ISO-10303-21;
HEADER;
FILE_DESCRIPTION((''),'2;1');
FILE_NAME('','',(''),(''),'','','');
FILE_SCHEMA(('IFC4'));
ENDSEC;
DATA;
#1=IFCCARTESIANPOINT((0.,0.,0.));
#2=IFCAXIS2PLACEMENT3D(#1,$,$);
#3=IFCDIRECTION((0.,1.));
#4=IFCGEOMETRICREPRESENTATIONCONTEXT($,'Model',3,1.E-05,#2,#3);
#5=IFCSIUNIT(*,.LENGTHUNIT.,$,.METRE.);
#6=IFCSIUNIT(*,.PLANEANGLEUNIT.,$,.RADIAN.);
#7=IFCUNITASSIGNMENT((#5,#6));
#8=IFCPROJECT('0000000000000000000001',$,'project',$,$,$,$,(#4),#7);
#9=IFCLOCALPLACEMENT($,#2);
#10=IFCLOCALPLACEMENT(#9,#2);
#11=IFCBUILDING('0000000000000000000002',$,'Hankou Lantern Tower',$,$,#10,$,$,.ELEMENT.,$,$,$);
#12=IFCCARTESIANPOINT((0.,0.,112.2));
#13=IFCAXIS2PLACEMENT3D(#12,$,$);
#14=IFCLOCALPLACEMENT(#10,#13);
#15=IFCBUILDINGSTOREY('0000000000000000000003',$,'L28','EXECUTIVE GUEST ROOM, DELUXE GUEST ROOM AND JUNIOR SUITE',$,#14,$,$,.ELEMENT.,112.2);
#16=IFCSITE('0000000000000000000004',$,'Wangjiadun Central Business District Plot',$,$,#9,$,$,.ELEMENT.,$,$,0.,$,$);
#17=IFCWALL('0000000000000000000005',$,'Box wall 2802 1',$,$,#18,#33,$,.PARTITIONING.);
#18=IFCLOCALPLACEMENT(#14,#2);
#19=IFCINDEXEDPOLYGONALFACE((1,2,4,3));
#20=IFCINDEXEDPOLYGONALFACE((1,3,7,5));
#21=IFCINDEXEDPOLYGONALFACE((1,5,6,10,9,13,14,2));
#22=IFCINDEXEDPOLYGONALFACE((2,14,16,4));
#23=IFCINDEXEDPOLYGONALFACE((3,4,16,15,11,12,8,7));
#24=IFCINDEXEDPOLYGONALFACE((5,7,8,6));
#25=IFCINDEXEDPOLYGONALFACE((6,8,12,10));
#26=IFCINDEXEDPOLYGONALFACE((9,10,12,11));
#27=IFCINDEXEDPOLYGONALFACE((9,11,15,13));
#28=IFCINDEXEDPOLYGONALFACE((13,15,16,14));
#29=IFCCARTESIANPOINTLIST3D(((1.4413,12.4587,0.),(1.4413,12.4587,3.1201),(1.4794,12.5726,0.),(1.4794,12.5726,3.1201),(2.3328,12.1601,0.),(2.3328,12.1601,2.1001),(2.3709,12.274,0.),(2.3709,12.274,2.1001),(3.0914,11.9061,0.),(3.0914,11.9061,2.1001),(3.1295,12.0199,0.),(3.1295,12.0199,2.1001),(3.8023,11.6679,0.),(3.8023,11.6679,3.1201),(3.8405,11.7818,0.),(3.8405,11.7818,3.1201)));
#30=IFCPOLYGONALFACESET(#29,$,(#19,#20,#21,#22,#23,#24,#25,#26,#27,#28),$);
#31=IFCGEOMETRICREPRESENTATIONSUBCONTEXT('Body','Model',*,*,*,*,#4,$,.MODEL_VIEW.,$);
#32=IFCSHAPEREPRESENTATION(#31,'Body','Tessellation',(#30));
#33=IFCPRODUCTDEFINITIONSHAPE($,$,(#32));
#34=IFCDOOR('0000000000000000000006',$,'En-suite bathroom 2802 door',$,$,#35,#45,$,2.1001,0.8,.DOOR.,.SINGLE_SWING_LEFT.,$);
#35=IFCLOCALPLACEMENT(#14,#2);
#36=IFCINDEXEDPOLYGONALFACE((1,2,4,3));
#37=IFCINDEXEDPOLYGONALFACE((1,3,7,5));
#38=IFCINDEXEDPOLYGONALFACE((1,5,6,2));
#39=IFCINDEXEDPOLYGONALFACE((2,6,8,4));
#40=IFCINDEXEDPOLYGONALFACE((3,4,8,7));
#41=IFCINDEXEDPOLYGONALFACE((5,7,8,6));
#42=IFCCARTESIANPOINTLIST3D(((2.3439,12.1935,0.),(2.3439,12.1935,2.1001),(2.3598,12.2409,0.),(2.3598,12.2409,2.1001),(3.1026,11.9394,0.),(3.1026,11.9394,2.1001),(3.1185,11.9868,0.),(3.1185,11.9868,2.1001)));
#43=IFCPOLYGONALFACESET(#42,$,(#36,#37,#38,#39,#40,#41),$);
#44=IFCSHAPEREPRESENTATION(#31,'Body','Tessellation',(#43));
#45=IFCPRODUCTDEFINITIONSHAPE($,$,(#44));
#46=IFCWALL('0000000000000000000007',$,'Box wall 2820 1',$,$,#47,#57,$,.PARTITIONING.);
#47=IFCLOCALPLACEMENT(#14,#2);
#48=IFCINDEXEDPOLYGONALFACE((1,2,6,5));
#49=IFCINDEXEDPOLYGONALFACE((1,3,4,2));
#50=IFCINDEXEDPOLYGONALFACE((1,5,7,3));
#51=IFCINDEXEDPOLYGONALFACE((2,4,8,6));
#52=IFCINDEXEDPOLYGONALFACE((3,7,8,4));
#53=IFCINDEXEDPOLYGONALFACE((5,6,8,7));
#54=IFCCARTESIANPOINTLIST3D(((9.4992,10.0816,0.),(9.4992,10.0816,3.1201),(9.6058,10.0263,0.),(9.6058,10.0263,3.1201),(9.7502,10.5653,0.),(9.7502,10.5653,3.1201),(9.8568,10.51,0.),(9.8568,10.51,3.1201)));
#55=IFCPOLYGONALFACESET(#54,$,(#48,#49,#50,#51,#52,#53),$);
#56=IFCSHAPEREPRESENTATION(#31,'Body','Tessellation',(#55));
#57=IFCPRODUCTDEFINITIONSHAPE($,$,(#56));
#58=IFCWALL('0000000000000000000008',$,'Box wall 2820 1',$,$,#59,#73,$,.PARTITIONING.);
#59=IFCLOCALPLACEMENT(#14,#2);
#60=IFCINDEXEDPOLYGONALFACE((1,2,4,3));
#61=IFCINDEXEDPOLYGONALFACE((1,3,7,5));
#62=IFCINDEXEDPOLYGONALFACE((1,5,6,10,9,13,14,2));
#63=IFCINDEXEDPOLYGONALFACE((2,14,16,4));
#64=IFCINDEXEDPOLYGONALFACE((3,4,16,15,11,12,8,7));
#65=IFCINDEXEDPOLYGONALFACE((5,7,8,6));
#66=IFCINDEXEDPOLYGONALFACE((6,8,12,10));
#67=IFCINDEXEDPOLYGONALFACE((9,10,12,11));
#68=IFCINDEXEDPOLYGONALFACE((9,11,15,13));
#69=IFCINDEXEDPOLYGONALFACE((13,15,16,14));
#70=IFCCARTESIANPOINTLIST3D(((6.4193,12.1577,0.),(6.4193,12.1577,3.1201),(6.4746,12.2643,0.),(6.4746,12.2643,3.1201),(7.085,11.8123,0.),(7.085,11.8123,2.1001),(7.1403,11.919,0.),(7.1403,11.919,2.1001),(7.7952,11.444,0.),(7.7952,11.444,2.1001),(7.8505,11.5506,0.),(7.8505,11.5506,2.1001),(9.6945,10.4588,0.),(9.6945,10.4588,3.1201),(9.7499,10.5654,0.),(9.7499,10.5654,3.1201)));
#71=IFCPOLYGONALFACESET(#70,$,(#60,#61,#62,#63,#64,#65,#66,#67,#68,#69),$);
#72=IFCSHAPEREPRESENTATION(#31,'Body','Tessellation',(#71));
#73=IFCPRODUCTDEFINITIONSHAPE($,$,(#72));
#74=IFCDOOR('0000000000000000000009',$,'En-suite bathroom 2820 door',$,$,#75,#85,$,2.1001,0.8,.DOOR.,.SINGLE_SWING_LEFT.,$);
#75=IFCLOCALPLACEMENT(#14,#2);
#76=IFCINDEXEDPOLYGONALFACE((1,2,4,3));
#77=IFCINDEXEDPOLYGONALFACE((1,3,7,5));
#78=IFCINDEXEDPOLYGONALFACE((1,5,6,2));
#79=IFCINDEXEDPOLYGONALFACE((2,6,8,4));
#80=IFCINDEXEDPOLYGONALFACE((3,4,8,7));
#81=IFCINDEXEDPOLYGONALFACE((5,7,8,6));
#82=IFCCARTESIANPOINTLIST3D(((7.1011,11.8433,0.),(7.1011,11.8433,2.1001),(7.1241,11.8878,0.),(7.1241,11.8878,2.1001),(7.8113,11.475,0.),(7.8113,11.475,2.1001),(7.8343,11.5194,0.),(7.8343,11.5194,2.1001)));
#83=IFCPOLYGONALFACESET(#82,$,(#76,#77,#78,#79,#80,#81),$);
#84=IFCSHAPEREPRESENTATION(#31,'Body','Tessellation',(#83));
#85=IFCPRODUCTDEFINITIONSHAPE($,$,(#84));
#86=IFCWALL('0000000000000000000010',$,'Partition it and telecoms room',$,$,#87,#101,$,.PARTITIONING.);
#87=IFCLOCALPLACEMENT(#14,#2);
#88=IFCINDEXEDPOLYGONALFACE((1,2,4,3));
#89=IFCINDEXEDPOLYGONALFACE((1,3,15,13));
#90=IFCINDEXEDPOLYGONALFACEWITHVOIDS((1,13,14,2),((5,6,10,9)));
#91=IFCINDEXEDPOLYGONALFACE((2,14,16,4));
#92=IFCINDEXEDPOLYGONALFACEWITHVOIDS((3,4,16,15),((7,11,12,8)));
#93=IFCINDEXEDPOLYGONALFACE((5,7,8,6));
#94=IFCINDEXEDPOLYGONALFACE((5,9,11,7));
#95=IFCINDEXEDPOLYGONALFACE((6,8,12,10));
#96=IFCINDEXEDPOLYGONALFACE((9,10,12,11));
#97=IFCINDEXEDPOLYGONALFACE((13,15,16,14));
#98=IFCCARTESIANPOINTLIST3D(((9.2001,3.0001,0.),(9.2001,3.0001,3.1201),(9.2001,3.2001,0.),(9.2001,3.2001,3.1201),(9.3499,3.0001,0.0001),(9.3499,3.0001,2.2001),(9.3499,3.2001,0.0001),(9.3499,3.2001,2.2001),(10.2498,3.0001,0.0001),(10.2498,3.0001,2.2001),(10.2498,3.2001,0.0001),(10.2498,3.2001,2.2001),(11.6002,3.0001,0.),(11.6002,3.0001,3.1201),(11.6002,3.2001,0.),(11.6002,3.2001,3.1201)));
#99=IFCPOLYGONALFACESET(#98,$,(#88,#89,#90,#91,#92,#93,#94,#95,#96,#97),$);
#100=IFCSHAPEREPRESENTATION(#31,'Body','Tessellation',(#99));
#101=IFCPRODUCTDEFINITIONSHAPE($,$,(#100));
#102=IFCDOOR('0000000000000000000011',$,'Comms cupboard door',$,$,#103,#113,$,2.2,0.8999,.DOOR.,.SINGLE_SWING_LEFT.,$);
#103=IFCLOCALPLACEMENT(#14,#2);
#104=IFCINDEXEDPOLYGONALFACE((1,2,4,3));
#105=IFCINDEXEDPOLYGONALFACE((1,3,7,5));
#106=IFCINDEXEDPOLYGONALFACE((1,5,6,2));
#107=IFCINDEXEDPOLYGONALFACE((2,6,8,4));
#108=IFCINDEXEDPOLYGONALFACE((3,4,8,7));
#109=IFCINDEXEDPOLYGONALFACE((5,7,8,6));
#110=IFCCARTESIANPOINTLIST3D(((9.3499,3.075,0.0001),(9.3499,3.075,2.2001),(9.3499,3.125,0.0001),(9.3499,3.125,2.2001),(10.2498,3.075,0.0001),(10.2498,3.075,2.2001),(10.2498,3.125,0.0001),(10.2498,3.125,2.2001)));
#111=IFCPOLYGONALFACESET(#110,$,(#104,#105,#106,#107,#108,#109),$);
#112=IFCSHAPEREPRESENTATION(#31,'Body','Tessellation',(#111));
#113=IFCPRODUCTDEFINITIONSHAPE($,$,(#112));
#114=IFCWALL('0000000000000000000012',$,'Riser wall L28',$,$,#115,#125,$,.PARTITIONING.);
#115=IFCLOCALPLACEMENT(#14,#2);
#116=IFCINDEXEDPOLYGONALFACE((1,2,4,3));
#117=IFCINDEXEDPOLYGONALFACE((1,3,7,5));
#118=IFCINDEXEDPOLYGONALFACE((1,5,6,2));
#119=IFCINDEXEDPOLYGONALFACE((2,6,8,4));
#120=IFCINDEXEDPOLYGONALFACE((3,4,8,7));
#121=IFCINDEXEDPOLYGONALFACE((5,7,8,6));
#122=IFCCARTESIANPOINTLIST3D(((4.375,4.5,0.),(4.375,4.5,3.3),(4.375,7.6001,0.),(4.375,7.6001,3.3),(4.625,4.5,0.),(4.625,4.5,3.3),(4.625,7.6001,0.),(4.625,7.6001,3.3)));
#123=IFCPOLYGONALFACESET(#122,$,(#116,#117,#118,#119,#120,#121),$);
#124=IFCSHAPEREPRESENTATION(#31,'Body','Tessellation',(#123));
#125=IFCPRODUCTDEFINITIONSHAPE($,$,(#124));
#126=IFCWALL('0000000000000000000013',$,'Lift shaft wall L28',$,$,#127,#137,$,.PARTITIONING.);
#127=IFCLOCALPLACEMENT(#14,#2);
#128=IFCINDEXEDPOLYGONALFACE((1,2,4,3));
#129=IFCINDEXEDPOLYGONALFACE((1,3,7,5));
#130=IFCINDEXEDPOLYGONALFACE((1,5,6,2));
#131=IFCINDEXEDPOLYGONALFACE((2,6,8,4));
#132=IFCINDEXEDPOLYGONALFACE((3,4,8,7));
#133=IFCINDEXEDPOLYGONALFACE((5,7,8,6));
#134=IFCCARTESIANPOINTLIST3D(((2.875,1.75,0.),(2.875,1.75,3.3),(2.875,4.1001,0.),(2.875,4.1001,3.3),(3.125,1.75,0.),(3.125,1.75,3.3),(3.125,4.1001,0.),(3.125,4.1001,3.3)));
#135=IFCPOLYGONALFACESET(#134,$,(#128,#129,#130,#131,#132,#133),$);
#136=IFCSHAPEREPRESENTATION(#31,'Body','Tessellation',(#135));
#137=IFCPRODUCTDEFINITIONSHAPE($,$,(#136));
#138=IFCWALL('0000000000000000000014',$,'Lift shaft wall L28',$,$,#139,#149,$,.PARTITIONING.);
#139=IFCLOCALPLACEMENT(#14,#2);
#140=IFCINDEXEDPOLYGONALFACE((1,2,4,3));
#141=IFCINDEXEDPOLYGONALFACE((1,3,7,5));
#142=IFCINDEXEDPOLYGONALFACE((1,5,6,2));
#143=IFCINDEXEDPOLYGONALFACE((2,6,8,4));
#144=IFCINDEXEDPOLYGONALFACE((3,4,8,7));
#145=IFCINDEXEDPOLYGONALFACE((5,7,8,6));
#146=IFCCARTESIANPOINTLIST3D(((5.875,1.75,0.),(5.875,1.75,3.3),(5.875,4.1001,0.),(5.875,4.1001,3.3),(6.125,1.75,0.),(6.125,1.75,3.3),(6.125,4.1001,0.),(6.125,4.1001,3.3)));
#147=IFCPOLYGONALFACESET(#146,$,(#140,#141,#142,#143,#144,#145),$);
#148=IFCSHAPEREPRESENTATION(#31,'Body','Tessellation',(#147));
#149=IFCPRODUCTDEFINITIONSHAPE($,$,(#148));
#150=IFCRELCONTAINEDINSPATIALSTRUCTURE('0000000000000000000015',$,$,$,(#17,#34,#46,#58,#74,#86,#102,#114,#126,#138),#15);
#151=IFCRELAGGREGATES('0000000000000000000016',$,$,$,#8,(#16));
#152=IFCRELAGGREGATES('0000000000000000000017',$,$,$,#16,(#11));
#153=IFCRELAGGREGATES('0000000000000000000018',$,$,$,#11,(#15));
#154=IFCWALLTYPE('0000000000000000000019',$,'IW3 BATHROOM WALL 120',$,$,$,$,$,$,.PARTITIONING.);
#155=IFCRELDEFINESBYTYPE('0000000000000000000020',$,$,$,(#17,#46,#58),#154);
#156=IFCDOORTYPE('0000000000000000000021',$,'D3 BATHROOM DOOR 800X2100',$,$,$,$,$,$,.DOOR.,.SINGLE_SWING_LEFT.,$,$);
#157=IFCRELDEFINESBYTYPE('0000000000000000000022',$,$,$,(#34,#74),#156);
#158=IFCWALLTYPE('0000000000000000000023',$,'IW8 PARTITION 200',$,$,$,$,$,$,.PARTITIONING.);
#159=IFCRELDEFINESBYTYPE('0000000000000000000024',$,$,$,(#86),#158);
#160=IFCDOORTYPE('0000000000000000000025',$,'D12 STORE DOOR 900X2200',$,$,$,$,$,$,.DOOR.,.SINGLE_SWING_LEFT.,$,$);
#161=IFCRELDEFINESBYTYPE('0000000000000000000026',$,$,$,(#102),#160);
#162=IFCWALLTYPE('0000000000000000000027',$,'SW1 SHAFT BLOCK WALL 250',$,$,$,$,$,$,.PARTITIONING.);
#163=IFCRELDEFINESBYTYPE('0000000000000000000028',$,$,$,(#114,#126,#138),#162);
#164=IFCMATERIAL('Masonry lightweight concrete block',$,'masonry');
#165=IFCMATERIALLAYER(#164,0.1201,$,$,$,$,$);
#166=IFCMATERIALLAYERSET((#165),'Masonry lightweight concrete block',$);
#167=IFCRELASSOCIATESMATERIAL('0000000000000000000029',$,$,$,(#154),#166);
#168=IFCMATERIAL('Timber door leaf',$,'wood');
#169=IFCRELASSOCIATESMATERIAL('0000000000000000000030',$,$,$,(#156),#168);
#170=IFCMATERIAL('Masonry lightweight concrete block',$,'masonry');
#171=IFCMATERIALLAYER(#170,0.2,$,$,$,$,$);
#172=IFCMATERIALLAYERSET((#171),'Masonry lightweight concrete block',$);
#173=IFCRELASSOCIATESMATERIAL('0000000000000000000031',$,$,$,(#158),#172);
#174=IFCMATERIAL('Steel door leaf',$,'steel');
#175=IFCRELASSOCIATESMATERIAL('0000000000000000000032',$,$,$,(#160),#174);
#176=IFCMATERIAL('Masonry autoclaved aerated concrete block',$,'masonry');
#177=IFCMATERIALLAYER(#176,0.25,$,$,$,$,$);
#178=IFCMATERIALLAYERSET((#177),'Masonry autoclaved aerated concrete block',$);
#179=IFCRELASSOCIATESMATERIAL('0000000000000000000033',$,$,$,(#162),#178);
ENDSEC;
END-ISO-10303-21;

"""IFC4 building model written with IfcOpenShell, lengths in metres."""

from ifc_helpers import new_model, si_unit, direction, frame, frame_2d, origin, place, context, subcontext, project, spatial, rectangle, extrude, material, layer, layer_set, type_object, element, fill, save


model = new_model("IFC4")

# Units and contexts
model_context = context("Model", 3, precision=1e-05, world=origin(), true_north=direction((0.0, 1.0)))
body_context = subcontext(model_context, "Body", "Model", "MODEL_VIEW")
ifc_project = project(units=[si_unit("LENGTHUNIT", "METRE"), si_unit("PLANEANGLEUNIT", "RADIAN")], contexts=[model_context])

# Site, building, storey
site_placement = place(None, origin())
site = spatial("IfcSite", under=ifc_project, at=site_placement, Name="Wangjiadun Central Business District Plot", CompositionType="ELEMENT", RefElevation=0.0)
building_placement = place(site_placement, origin())
building = spatial("IfcBuilding", under=site, at=building_placement, Name="Hankou Lantern Tower", CompositionType="ELEMENT")
storey_placement = place(building_placement, frame((0.0, 0.0, 112.2)))
storey = spatial("IfcBuildingStorey", under=building, at=storey_placement, Name="L28", Description="EXECUTIVE GUEST ROOM, DELUXE GUEST ROOM AND JUNIOR SUITE", CompositionType="ELEMENT", Elevation=112.2)

# Shared definitions
ifc_material_1 = material(Name="Masonry lightweight concrete block", Category="masonry")
ifc_layer_1 = layer(ifc_material_1, 0.1201)
ifc_layer_set_1 = layer_set([ifc_layer_1], Name="Masonry lightweight concrete block")
wall_type_1 = type_object("IfcWallType", Name="IW3 BATHROOM WALL 120", PredefinedType="PARTITIONING", material=ifc_layer_set_1)

# Wall, opening, door
wall_1_placement = place(storey_placement, frame((3.8215, 11.7249, 0.0), z_axis=(0.0, 0.0, 1.0), x_axis=(-0.948231, 0.317581, 0.0)))
wall_1 = element("IfcWall", 1, at=wall_1_placement, inside=storey, type_object=wall_type_1, Name="Box wall 2802 1", PredefinedType="PARTITIONING", context=body_context, shape_type="SweptSolid", body=[
    extrude(rectangle(XDim=2.49, YDim=0.1201, at=frame_2d((1.2451, 0.0))), origin(), (0.0, 0.0, 1.0), 3.1201),
])
opening_1_placement = place(wall_1_placement, frame((0.75, 0.0, 0.0)))
opening_1 = element("IfcOpeningElement", 2, at=opening_1_placement, cuts=wall_1, PredefinedType="OPENING", context=body_context, shape_type="SweptSolid", body=[
    extrude(rectangle(XDim=0.8, YDim=2.1001, at=frame_2d((0.3999, 1.05))), frame((0.0, 0.0701, 0.0), z_axis=(0.0, -1.0, 0.0), x_axis=(1.0, 0.0, 0.0)), (0.0, 0.0, 1.0), 0.1401),
])
ifc_material_2 = material(Name="Timber door leaf", Category="wood")
door_type_1 = type_object("IfcDoorType", Name="D3 BATHROOM DOOR 800X2100", OperationType="SINGLE_SWING_LEFT", PredefinedType="DOOR", material=ifc_material_2)
door_1_placement = place(opening_1_placement, origin())
door_1 = element("IfcDoor", 3, at=door_1_placement, inside=storey, type_object=door_type_1, Name="En-suite bathroom 2802 door", OperationType="SINGLE_SWING_LEFT", OverallHeight=2.1001, OverallWidth=0.8, PredefinedType="DOOR", context=body_context, shape_type="SweptSolid", body=[
    extrude(rectangle(XDim=0.8, YDim=2.1001, at=frame_2d((0.3999, 1.05))), frame((0.0, 0.0249, 0.0), z_axis=(0.0, -1.0, 0.0), x_axis=(1.0, 0.0, 0.0)), (0.0, 0.0, 1.0), 0.05),
])
fill(opening_1, door_1)

# Wall
wall_2_placement = place(storey_placement, frame((9.5525, 10.054, 0.0), z_axis=(0.0, 0.0, 1.0), x_axis=(0.460605, 0.887605, 0.0)))
element("IfcWall", 4, at=wall_2_placement, inside=storey, type_object=wall_type_1, Name="Box wall 2820 1", PredefinedType="PARTITIONING", context=body_context, shape_type="SweptSolid", body=[
    extrude(rectangle(XDim=0.5449, YDim=0.1201, at=frame_2d((0.2725, 0.0))), origin(), (0.0, 0.0, 1.0), 3.1201),
])

# Walls, openings, doors
wall_3_placement = place(storey_placement, frame((6.447, 12.2109, 0.0), z_axis=(0.0, 0.0, 1.0), x_axis=(0.887685, -0.46045, 0.0)))
wall_3 = element("IfcWall", 5, at=wall_3_placement, inside=storey, type_object=wall_type_1, Name="Box wall 2820 1", PredefinedType="PARTITIONING", context=body_context, shape_type="SweptSolid", body=[
    extrude(rectangle(XDim=3.6897, YDim=0.1201, at=frame_2d((1.8447, 0.0))), origin(), (0.0, 0.0, 1.0), 3.1201),
])
opening_2_placement = place(wall_3_placement, frame((0.75, 0.0, 0.0)))
opening_2 = element("IfcOpeningElement", 6, at=opening_2_placement, cuts=wall_3, PredefinedType="OPENING", context=body_context, shape_type="SweptSolid", body=[
    extrude(rectangle(XDim=0.8, YDim=2.1001, at=frame_2d((0.3999, 1.05))), frame((0.0, 0.0701, 0.0), z_axis=(0.0, -1.0, 0.0), x_axis=(1.0, 0.0, 0.0)), (0.0, 0.0, 1.0), 0.1401),
])
door_2_placement = place(opening_2_placement, origin())
door_2 = element("IfcDoor", 7, at=door_2_placement, inside=storey, type_object=door_type_1, Name="En-suite bathroom 2820 door", OperationType="SINGLE_SWING_LEFT", OverallHeight=2.1001, OverallWidth=0.8, PredefinedType="DOOR", context=body_context, shape_type="SweptSolid", body=[
    extrude(rectangle(XDim=0.8, YDim=2.1001, at=frame_2d((0.3999, 1.05))), frame((0.0, 0.0249, 0.0), z_axis=(0.0, -1.0, 0.0), x_axis=(1.0, 0.0, 0.0)), (0.0, 0.0, 1.0), 0.05),
])
fill(opening_2, door_2)
ifc_material_3 = material(Name="Masonry lightweight concrete block", Category="masonry")
ifc_layer_2 = layer(ifc_material_3, 0.2)
ifc_layer_set_2 = layer_set([ifc_layer_2], Name="Masonry lightweight concrete block")
wall_type_2 = type_object("IfcWallType", Name="IW8 PARTITION 200", PredefinedType="PARTITIONING", material=ifc_layer_set_2)
wall_4_placement = place(storey_placement, frame((9.2, 3.1001, 0.0), z_axis=(0.0, 0.0, 1.0), x_axis=(1.0, 0.0, 0.0)))
wall_4 = element("IfcWall", 8, at=wall_4_placement, inside=storey, type_object=wall_type_2, Name="Partition it and telecoms room", PredefinedType="PARTITIONING", context=body_context, shape_type="SweptSolid", body=[
    extrude(rectangle(XDim=2.4001, YDim=0.2, at=frame_2d((1.2002, 0.0))), origin(), (0.0, 0.0, 1.0), 3.1201),
])
opening_3_placement = place(wall_4_placement, frame((0.1499, 0.0, 0.0)))
opening_3 = element("IfcOpeningElement", 9, at=opening_3_placement, cuts=wall_4, PredefinedType="OPENING", context=body_context, shape_type="SweptSolid", body=[
    extrude(rectangle(XDim=0.8999, YDim=2.2, at=frame_2d((0.45, 1.1001))), frame((0.0, 0.1099, 0.0), z_axis=(0.0, -1.0, 0.0), x_axis=(1.0, 0.0, 0.0)), (0.0, 0.0, 1.0), 0.22),
])
ifc_material_4 = material(Name="Steel door leaf", Category="steel")
door_type_2 = type_object("IfcDoorType", Name="D12 STORE DOOR 900X2200", OperationType="SINGLE_SWING_LEFT", PredefinedType="DOOR", material=ifc_material_4)
door_3_placement = place(opening_3_placement, origin())
door_3 = element("IfcDoor", 10, at=door_3_placement, inside=storey, type_object=door_type_2, Name="Comms cupboard door", OperationType="SINGLE_SWING_LEFT", OverallHeight=2.2, OverallWidth=0.8999, PredefinedType="DOOR", context=body_context, shape_type="SweptSolid", body=[
    extrude(rectangle(XDim=0.8999, YDim=2.2, at=frame_2d((0.45, 1.1001))), frame((0.0, 0.0249, 0.0), z_axis=(0.0, -1.0, 0.0), x_axis=(1.0, 0.0, 0.0)), (0.0, 0.0, 1.0), 0.05),
])
fill(opening_3, door_3)

# Walls
ifc_material_5 = material(Name="Masonry autoclaved aerated concrete block", Category="masonry")
ifc_layer_3 = layer(ifc_material_5, 0.25)
ifc_layer_set_3 = layer_set([ifc_layer_3], Name="Masonry autoclaved aerated concrete block")
wall_type_3 = type_object("IfcWallType", Name="SW1 SHAFT BLOCK WALL 250", PredefinedType="PARTITIONING", material=ifc_layer_set_3)
wall_5_placement = place(storey_placement, frame((4.5, 4.5, 0.0), z_axis=(0.0, 0.0, 1.0), x_axis=(0.0, 1.0, 0.0)))
element("IfcWall", 11, at=wall_5_placement, inside=storey, type_object=wall_type_3, Name="Riser wall L28", PredefinedType="PARTITIONING", context=body_context, shape_type="SweptSolid", body=[
    extrude(rectangle(XDim=3.1001, YDim=0.25, at=frame_2d((1.55, 0.0))), origin(), (0.0, 0.0, 1.0), 3.3),
])
for number, where, z_axis, x_axis, name in (
    (12, (3.0, 1.75, 0.0), (0.0, 0.0, 1.0), (0.0, 1.0, 0.0), "Lift shaft wall L28"),
    (13, (6.0, 1.75, 0.0), (0.0, 0.0, 1.0), (0.0, 1.0, 0.0), "Lift shaft wall L28"),
):
    element("IfcWall", number, at=place(storey_placement, frame(where, z_axis=z_axis, x_axis=x_axis)), inside=storey, type_object=wall_type_3, Name=name, PredefinedType="PARTITIONING", context=body_context, shape_type="SweptSolid", body=[
        extrude(rectangle(XDim=2.3501, YDim=0.25, at=frame_2d((1.175, 0.0))), origin(), (0.0, 0.0, 1.0), 3.3),
    ])

save(model, "model.ifc")
